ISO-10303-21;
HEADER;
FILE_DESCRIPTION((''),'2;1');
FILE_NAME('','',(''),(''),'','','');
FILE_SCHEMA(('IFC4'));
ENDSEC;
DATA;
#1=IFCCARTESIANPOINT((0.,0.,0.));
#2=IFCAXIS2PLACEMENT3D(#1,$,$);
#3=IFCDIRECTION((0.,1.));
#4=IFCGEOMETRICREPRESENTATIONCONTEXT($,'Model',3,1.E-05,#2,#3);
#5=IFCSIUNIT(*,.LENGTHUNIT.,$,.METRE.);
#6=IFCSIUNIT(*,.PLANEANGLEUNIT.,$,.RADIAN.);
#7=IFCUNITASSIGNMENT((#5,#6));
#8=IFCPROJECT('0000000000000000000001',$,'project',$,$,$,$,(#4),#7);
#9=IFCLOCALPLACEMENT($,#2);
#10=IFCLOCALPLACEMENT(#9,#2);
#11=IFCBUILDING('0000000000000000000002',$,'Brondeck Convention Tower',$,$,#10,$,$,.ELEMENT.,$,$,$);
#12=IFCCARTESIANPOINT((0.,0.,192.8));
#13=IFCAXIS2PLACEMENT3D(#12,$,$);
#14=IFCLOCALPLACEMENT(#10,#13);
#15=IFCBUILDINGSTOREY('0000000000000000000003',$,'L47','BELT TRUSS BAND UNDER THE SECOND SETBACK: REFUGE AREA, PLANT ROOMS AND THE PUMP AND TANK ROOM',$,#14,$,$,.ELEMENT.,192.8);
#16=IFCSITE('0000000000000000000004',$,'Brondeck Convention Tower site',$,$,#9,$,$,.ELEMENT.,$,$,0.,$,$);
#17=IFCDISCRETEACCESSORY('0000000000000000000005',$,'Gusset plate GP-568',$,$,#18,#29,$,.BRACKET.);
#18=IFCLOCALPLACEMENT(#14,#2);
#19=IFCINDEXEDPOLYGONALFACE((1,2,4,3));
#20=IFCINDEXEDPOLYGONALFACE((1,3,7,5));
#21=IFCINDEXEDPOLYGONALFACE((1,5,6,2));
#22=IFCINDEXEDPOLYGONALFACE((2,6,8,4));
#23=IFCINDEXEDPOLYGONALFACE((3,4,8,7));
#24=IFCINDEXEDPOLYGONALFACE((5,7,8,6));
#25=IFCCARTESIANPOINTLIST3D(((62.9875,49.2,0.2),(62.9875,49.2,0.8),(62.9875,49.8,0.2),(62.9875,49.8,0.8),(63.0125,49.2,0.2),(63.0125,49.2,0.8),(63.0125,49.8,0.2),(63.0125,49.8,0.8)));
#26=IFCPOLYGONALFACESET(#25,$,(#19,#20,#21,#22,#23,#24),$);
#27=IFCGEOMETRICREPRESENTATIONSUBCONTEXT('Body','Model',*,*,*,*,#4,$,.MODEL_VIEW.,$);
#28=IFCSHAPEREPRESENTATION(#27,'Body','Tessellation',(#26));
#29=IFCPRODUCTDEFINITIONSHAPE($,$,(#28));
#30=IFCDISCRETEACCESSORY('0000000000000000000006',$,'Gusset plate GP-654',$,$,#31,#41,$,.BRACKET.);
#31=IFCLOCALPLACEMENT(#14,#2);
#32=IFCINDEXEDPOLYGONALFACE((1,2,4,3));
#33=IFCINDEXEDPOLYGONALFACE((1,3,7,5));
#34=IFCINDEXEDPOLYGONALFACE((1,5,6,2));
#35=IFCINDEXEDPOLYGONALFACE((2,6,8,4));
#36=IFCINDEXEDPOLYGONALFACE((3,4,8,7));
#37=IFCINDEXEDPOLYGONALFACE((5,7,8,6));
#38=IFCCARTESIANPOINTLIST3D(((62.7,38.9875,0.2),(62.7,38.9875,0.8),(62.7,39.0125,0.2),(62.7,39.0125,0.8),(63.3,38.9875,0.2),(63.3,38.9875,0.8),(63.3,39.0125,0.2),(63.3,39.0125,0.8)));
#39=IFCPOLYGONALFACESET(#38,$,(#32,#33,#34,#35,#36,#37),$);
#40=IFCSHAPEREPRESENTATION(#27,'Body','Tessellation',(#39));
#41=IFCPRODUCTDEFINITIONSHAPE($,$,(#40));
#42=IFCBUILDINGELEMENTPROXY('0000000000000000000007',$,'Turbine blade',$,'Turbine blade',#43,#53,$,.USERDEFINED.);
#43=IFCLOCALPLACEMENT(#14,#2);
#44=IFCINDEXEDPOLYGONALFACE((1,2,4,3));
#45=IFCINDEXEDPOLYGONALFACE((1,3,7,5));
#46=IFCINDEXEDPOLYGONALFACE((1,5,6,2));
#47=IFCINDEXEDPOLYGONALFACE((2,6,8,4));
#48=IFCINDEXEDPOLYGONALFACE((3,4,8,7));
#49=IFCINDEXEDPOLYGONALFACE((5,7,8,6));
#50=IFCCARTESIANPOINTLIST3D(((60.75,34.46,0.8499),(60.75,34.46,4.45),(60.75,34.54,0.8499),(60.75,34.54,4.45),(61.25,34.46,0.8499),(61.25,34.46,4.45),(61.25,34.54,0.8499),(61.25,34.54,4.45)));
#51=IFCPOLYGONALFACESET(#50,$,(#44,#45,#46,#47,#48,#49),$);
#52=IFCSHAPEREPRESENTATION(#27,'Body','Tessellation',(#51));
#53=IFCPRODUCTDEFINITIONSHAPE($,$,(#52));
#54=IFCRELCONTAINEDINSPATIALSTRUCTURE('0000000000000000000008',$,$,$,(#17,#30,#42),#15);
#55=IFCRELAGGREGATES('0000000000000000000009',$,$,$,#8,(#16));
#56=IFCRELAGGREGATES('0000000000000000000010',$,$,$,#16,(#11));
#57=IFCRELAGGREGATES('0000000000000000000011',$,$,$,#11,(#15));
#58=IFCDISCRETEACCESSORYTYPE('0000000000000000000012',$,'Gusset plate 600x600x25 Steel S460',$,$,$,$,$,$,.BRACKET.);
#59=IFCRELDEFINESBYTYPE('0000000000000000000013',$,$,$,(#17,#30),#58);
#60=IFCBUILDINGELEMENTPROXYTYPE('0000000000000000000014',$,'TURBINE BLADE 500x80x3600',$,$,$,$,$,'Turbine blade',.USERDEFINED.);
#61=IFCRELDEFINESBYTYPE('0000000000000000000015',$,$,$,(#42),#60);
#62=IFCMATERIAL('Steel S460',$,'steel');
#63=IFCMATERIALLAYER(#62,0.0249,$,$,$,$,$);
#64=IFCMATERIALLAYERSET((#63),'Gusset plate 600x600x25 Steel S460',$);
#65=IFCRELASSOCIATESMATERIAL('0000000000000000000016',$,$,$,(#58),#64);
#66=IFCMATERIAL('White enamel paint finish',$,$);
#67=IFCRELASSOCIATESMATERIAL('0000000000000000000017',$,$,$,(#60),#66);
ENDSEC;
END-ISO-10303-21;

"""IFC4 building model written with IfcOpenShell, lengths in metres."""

from ifc_helpers import new_model, si_unit, direction, frame, origin, origin_2d, place, context, subcontext, project, spatial, rectangle, extrude, material, layer, layer_set, type_object, element, save


model = new_model("IFC4")

# Units and contexts
model_context = context("Model", 3, precision=1e-05, world=origin(), true_north=direction((0.0, 1.0)))
body_context = subcontext(model_context, "Body", "Model", "MODEL_VIEW")
ifc_project = project(units=[si_unit("LENGTHUNIT", "METRE"), si_unit("PLANEANGLEUNIT", "RADIAN")], contexts=[model_context])

# Site, building, storey
site_placement = place(None, origin())
site = spatial("IfcSite", under=ifc_project, at=site_placement, Name="Brondeck Convention Tower site", CompositionType="ELEMENT", RefElevation=0.0)
building_placement = place(site_placement, origin())
building = spatial("IfcBuilding", under=site, at=building_placement, Name="Brondeck Convention Tower", CompositionType="ELEMENT")
storey_placement = place(building_placement, frame((0.0, 0.0, 192.8)))
storey = spatial("IfcBuildingStorey", under=building, at=storey_placement, Name="L47", Description="BELT TRUSS BAND UNDER THE SECOND SETBACK: REFUGE AREA, PLANT ROOMS AND THE PUMP AND TANK ROOM", CompositionType="ELEMENT", Elevation=192.8)

# Shared definitions
ifc_material_1 = material(Name="Steel S460", Category="steel")

# Discrete accessories
ifc_layer = layer(ifc_material_1, 0.0249)
ifc_layer_set = layer_set([ifc_layer], Name="Gusset plate 600x600x25 Steel S460")
discrete_accessory_type = type_object("IfcDiscreteAccessoryType", Name="Gusset plate 600x600x25 Steel S460", PredefinedType="BRACKET", material=ifc_layer_set)
for number, where, z_axis, x_axis, name in (
    (1, (63.0, 49.5, 0.2), (0.0, 0.0, 1.0), (0.0, 1.0, 0.0), "Gusset plate GP-568"),
    (2, (63.0, 39.0, 0.2), (0.0, 0.0, 1.0), (1.0, 0.0, 0.0), "Gusset plate GP-654"),
):
    element("IfcDiscreteAccessory", number, at=place(storey_placement, frame(where, z_axis=z_axis, x_axis=x_axis)), inside=storey, type_object=discrete_accessory_type, Name=name, PredefinedType="BRACKET", context=body_context, shape_type="SweptSolid", body=[
        extrude(rectangle(XDim=0.6001, YDim=0.0249, at=origin_2d()), origin(), (0.0, 0.0, 1.0), 0.6001),
    ])

# Building element proxy
ifc_material_2 = material(Name="White enamel paint finish")
building_element_proxy_type = type_object("IfcBuildingElementProxyType", Name="TURBINE BLADE 500x80x3600", ElementType="Turbine blade", PredefinedType="USERDEFINED", material=ifc_material_2)
proxy_placement = place(storey_placement, frame((61.0, 34.5, 0.8499), z_axis=(0.0, 0.0, 1.0), x_axis=(-1.0, 0.0, 0.0)))
element("IfcBuildingElementProxy", 3, at=proxy_placement, inside=storey, type_object=building_element_proxy_type, Name="Turbine blade", ObjectType="Turbine blade", PredefinedType="USERDEFINED", context=body_context, shape_type="SweptSolid", body=[
    extrude(rectangle(XDim=0.5, YDim=0.0801, at=origin_2d()), origin(), (0.0, 0.0, 1.0), 3.6001),
])

save(model, "model.ifc")
